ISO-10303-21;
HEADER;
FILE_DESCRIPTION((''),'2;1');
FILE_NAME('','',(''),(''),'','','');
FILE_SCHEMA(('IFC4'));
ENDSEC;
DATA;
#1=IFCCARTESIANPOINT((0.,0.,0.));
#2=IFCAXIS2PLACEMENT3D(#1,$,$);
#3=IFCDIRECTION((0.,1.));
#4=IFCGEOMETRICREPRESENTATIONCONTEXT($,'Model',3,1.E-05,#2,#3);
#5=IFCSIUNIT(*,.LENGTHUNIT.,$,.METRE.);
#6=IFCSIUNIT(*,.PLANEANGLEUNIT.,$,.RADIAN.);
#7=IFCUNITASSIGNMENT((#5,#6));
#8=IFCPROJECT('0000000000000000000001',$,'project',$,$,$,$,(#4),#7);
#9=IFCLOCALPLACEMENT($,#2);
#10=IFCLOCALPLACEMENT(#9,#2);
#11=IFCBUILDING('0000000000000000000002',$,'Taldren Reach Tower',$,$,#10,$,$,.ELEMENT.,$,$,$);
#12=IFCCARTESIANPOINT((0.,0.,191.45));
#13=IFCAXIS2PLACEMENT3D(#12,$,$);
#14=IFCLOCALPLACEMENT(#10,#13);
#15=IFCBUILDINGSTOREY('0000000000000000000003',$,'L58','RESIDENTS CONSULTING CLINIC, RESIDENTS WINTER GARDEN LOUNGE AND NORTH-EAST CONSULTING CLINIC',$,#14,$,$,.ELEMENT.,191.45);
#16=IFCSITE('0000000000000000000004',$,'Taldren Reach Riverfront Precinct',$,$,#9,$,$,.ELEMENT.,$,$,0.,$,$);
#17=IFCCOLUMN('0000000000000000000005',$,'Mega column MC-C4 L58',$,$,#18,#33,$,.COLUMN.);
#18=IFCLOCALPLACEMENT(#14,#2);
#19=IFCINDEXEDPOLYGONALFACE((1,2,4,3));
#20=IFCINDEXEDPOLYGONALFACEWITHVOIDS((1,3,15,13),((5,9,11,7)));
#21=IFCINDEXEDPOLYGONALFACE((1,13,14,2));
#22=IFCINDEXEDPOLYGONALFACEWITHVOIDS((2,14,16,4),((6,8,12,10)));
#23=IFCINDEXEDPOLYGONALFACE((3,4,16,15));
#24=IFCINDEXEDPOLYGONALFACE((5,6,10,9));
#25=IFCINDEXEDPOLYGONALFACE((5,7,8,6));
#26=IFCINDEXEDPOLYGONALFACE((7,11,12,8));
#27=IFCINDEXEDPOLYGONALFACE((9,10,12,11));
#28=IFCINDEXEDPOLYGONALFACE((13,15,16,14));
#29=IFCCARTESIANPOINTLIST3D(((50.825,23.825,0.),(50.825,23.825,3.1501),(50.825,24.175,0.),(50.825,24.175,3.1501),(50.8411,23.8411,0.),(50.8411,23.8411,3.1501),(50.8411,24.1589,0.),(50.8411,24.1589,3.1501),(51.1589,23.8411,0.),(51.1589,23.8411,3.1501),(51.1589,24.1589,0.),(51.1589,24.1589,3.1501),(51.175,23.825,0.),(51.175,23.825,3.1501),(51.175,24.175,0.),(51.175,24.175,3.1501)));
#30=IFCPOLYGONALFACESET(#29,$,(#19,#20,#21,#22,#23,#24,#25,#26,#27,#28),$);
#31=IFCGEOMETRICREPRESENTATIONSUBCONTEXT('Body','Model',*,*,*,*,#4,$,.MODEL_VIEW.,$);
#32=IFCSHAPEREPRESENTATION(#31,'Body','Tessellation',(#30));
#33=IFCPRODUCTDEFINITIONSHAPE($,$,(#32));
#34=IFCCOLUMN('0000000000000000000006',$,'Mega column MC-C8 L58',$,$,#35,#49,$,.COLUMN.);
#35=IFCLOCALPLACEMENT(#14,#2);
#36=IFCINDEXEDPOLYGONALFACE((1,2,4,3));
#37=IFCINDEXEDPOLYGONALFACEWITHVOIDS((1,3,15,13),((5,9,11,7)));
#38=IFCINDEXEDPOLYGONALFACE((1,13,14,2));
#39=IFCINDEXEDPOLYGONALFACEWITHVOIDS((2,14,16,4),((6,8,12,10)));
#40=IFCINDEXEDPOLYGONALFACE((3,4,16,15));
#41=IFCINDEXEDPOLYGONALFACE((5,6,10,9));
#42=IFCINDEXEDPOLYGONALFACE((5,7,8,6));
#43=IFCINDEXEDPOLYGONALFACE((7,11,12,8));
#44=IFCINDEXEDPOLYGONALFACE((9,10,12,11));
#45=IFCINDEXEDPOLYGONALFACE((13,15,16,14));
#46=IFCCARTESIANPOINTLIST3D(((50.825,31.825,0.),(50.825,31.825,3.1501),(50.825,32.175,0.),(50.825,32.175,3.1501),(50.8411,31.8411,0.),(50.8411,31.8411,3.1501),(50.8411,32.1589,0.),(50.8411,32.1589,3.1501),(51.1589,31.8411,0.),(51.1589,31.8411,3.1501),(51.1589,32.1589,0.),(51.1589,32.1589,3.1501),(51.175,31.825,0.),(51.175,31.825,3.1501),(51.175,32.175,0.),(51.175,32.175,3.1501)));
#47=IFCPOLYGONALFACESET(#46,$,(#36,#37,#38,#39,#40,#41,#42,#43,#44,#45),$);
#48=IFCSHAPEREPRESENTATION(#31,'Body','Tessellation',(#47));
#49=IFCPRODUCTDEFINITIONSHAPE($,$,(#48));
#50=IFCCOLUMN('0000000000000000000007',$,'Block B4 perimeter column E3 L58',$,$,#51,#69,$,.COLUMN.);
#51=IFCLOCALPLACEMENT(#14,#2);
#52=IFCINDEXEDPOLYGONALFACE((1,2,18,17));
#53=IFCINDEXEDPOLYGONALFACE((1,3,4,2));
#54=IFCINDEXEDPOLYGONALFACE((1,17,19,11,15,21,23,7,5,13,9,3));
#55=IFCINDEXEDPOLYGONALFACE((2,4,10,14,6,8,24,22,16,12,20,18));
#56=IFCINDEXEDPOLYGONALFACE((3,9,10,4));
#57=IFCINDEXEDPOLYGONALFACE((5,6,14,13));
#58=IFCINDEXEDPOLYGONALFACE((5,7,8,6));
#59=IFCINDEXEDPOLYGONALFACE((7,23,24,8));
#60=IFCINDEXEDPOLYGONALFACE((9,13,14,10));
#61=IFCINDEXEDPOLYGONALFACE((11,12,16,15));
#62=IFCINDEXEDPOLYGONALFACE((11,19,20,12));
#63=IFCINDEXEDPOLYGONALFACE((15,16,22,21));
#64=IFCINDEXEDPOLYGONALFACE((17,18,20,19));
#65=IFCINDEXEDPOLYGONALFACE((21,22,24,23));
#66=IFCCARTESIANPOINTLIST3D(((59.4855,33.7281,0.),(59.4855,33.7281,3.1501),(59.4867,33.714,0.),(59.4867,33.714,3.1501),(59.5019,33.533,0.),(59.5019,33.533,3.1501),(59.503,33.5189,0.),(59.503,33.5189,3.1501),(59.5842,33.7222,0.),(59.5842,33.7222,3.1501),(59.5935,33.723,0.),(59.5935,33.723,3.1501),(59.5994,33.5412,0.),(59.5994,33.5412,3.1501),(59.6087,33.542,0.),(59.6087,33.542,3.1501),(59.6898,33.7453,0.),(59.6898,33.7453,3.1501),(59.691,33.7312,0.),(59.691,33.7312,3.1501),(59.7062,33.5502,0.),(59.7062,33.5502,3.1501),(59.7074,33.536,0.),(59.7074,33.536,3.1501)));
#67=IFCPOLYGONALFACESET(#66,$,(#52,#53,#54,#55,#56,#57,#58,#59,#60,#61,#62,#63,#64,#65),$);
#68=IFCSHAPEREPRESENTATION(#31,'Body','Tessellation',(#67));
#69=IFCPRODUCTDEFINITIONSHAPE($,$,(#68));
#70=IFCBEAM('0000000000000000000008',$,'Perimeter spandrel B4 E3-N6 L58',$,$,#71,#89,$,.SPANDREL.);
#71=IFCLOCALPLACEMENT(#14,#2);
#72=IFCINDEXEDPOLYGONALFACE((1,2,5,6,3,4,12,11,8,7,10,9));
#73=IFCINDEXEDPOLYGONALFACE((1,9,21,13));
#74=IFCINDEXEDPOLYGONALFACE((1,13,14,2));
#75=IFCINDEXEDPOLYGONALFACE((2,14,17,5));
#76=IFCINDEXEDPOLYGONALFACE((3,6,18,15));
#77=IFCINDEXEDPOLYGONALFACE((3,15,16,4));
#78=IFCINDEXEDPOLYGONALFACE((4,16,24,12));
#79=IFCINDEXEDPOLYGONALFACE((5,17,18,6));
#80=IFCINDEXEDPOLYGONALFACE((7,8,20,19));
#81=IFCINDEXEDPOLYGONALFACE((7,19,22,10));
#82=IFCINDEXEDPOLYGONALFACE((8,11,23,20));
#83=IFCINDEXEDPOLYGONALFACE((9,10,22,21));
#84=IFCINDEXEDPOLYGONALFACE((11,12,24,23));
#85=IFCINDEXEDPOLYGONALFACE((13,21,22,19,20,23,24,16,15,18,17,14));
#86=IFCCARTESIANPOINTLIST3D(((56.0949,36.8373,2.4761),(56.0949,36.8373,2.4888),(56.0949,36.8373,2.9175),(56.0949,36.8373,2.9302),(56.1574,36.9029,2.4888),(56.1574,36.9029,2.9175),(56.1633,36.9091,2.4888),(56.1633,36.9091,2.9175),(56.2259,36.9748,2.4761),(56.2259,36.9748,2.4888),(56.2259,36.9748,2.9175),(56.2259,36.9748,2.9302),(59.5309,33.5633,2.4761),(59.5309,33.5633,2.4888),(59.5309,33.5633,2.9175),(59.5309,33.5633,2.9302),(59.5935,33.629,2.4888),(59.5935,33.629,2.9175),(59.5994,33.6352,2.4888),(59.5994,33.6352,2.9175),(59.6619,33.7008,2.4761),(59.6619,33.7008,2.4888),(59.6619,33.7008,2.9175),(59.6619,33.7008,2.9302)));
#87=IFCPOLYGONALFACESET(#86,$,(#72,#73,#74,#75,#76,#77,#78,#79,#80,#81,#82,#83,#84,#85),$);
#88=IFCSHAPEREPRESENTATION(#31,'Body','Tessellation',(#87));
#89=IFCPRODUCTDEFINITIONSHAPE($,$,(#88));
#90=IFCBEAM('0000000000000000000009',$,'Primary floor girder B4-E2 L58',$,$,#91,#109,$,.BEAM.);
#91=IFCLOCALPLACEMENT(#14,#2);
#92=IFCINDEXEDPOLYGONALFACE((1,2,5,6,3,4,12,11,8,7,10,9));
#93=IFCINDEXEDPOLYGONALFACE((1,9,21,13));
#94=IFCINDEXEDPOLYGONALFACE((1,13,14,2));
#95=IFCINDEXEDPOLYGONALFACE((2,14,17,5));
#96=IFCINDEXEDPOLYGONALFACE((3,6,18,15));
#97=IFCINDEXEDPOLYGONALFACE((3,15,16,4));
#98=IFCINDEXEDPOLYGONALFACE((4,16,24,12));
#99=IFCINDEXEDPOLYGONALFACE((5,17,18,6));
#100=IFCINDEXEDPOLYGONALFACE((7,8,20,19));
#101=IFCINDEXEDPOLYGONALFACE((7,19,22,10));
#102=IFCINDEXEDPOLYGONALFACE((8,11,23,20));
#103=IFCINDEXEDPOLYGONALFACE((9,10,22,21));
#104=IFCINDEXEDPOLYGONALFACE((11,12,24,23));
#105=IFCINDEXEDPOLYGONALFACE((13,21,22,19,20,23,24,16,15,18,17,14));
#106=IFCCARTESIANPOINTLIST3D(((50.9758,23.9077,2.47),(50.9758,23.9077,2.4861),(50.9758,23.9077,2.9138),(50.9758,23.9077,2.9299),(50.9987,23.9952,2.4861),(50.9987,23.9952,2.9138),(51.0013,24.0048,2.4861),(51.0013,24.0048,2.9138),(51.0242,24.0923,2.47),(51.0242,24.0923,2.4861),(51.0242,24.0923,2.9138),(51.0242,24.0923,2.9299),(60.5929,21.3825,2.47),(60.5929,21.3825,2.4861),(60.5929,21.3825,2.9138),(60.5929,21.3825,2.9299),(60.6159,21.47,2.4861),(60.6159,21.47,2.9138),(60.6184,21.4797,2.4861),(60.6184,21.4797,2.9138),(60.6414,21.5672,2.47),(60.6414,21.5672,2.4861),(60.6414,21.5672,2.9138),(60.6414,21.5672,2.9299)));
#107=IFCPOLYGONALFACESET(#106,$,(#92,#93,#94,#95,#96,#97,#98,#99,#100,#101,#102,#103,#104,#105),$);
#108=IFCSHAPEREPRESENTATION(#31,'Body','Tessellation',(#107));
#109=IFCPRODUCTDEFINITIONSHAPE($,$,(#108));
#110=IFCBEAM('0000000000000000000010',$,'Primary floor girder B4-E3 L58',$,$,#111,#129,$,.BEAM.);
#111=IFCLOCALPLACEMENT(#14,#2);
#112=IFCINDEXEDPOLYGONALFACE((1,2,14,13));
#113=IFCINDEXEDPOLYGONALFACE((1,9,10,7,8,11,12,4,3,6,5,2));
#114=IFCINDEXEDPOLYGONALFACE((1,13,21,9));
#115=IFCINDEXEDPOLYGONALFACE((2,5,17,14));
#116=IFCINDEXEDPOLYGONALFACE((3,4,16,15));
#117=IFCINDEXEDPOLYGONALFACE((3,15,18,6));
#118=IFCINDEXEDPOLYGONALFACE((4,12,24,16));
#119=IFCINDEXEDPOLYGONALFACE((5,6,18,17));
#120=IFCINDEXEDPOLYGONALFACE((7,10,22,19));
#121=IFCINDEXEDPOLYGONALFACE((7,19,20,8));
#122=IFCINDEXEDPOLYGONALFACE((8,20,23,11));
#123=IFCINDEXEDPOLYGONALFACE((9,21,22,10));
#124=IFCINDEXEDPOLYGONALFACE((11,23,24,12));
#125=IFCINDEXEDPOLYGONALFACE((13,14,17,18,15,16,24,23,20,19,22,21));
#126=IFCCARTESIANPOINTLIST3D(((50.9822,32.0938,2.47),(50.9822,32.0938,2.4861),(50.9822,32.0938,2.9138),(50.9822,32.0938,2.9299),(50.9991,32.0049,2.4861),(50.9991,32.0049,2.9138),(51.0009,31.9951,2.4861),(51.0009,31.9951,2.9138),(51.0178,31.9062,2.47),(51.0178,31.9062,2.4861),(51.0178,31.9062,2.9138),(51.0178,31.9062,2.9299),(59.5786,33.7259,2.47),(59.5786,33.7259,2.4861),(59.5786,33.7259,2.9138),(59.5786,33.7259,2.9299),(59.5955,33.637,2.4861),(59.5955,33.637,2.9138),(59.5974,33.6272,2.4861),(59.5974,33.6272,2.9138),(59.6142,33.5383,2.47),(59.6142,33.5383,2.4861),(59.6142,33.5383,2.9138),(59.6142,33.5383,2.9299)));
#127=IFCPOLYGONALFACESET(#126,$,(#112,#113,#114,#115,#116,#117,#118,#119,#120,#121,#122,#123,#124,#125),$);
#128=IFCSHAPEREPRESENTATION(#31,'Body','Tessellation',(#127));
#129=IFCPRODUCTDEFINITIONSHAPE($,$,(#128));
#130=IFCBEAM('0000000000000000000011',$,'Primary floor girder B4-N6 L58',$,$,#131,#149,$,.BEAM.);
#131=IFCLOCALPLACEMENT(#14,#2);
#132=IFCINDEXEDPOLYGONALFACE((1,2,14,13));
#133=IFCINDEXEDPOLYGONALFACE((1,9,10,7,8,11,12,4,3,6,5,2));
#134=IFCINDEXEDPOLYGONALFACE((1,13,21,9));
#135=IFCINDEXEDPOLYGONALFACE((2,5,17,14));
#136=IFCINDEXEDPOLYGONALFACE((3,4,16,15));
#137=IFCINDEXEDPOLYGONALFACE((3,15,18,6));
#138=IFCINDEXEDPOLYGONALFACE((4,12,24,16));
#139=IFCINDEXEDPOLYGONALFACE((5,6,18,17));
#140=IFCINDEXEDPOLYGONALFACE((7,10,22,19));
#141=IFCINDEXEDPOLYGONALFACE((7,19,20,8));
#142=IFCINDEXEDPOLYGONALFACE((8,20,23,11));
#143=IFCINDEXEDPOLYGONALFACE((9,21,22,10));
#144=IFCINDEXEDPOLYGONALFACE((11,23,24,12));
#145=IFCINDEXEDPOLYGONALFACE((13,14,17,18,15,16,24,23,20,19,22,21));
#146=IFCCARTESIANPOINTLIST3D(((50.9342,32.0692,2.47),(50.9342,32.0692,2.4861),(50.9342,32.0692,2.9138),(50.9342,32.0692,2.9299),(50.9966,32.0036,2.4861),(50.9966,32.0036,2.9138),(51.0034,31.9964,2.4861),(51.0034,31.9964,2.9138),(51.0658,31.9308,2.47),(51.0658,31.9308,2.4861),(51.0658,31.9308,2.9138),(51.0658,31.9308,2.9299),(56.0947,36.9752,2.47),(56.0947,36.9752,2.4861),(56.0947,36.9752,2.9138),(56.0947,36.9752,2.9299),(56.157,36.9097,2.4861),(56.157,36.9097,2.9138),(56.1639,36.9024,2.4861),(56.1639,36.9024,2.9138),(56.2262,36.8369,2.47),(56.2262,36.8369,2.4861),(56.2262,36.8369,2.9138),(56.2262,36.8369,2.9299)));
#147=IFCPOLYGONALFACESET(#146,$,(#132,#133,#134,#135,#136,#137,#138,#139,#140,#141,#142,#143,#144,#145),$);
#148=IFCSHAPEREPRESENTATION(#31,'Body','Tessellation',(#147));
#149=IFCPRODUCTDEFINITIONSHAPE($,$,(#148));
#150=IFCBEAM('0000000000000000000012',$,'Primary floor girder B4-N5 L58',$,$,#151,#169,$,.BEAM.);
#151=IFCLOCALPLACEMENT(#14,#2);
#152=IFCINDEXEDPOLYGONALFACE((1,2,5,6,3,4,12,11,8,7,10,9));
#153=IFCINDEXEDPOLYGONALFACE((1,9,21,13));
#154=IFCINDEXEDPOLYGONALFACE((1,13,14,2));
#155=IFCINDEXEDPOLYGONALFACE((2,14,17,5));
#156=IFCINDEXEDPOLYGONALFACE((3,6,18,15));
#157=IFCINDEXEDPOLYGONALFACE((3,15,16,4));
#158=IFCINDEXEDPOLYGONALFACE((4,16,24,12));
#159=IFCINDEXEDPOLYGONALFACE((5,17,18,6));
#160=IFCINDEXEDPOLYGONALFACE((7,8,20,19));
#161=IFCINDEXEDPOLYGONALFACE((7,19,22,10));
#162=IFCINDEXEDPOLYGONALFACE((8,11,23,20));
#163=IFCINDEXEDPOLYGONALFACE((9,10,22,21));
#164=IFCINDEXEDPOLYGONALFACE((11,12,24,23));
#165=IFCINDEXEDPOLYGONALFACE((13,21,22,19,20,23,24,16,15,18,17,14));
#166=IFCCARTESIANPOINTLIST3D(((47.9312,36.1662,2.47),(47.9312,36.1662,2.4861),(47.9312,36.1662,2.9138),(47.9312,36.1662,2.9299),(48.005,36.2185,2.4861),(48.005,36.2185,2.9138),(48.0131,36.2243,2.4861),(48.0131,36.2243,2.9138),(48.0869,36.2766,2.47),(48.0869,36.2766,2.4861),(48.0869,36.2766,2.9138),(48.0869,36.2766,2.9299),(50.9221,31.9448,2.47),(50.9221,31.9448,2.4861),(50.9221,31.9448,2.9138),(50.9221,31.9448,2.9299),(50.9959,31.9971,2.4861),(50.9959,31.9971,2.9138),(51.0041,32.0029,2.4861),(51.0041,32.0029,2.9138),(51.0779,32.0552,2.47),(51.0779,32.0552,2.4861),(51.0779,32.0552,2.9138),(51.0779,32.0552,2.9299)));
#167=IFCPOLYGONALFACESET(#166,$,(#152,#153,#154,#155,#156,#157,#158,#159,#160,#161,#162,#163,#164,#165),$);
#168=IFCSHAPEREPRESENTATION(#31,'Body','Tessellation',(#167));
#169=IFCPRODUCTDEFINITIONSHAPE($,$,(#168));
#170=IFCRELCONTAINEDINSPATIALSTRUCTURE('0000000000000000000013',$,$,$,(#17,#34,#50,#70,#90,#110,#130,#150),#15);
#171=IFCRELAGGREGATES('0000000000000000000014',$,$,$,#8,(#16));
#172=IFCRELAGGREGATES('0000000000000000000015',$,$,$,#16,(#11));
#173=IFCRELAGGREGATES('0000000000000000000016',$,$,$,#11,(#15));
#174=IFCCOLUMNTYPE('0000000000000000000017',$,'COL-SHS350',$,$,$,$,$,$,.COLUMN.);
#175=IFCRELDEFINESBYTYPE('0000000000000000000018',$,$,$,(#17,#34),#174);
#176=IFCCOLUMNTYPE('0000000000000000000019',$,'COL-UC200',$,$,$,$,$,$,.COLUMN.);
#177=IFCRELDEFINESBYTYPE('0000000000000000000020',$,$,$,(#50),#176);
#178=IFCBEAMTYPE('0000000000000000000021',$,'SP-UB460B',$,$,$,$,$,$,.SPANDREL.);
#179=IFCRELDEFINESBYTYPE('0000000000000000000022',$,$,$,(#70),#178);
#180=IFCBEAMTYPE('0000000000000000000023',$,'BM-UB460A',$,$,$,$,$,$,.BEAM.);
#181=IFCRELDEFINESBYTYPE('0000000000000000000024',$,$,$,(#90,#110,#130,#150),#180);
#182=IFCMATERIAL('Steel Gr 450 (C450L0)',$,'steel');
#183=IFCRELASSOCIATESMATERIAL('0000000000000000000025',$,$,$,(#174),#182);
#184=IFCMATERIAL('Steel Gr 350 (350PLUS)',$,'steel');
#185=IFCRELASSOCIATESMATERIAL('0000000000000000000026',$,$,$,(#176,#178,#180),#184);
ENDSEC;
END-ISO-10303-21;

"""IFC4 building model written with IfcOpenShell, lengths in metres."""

from ifc_helpers import new_model, si_unit, direction, frame, origin, origin_2d, place, context, subcontext, project, spatial, hollow_rectangle, i_section, extrude, source, transform, mapped, material, material_profile, profile_set, type_object, element, save


model = new_model("IFC4")

# Units and contexts
model_context = context("Model", 3, precision=1e-05, world=origin(), true_north=direction((0.0, 1.0)))
body_context = subcontext(model_context, "Body", "Model", "MODEL_VIEW")
ifc_project = project(units=[si_unit("LENGTHUNIT", "METRE"), si_unit("PLANEANGLEUNIT", "RADIAN")], contexts=[model_context])

# Site, building, storey
site_placement = place(None, origin())
site = spatial("IfcSite", under=ifc_project, at=site_placement, Name="Taldren Reach Riverfront Precinct", CompositionType="ELEMENT", RefElevation=0.0)
building_placement = place(site_placement, origin())
building = spatial("IfcBuilding", under=site, at=building_placement, Name="Taldren Reach Tower", CompositionType="ELEMENT")
storey_placement = place(building_placement, frame((0.0, 0.0, 191.45)))
storey = spatial("IfcBuildingStorey", under=building, at=storey_placement, Name="L58", Description="RESIDENTS CONSULTING CLINIC, RESIDENTS WINTER GARDEN LOUNGE AND NORTH-EAST CONSULTING CLINIC", CompositionType="ELEMENT", Elevation=191.45)

# Columns
ifc_material_1 = material(Name="Steel Gr 450 (C450L0)", Category="steel")
ifc_material_profile_1 = material_profile(ifc_material_1, hollow_rectangle(XDim=0.3501, YDim=0.3501, WallThickness=0.0161, at=origin_2d()), Name="350x350x16.0SHS")
ifc_profile_set_1 = profile_set([ifc_material_profile_1], Name="Steel Gr 450 (C450L0)")
column_type_1 = type_object("IfcColumnType", Name="COL-SHS350", PredefinedType="COLUMN", material=ifc_profile_set_1)
shared_shape_1 = source(origin(), body_context, "Body", "SweptSolid", [
    extrude(hollow_rectangle(XDim=0.3501, YDim=0.3501, WallThickness=0.0161, at=origin_2d()), origin(), (0.0, 0.0, 1.0), 3.1501),
])
for number, where, z_axis, x_axis, name in (
    (1, (51.0, 24.0, 0.0), (0.0, 0.0, 1.0), (1.0, 0.0, 0.0), "Mega column MC-C4 L58"),
    (2, (51.0, 32.0, 0.0), (0.0, 0.0, 1.0), (1.0, 0.0, 0.0), "Mega column MC-C8 L58"),
):
    element("IfcColumn", number, at=place(storey_placement, frame(where, z_axis=z_axis, x_axis=x_axis)), inside=storey, type_object=column_type_1, Name=name, PredefinedType="COLUMN", context=body_context, shape_type="MappedRepresentation", body=[
        mapped(shared_shape_1, transform((0.0, 0.0, 0.0), scale=1.0)),
    ])
ifc_material_2 = material(Name="Steel Gr 350 (350PLUS)", Category="steel")
ifc_material_profile_2 = material_profile(ifc_material_2, i_section(OverallWidth=0.2051, OverallDepth=0.21, WebThickness=0.0093, FlangeThickness=0.0142, at=origin_2d()), Name="200UC59.5")
ifc_profile_set_2 = profile_set([ifc_material_profile_2], Name="Steel Gr 350 (350PLUS)")
column_type_2 = type_object("IfcColumnType", Name="COL-UC200", PredefinedType="COLUMN", material=ifc_profile_set_2)
shared_shape_2 = source(origin(), body_context, "Body", "SweptSolid", [
    extrude(i_section(OverallWidth=0.2051, OverallDepth=0.21, WebThickness=0.0093, FlangeThickness=0.0142, at=origin_2d()), origin(), (0.0, 0.0, 1.0), 3.1501),
])
column_placement = place(storey_placement, frame((59.5964, 33.6321, 0.0), z_axis=(0.0, 0.0, 1.0), x_axis=(0.996493, 0.083678, 0.0)))
element("IfcColumn", 3, at=column_placement, inside=storey, type_object=column_type_2, Name="Block B4 perimeter column E3 L58", PredefinedType="COLUMN", context=body_context, shape_type="MappedRepresentation", body=[
    mapped(shared_shape_2, transform((0.0, 0.0, 0.0), scale=1.0)),
])

# Beams
ifc_material_profile_3 = material_profile(ifc_material_2, i_section(OverallWidth=0.1899, OverallDepth=0.4541, WebThickness=0.0085, FlangeThickness=0.0127, at=origin_2d()), Name="460UB67.1")
ifc_profile_set_3 = profile_set([ifc_material_profile_3], Name="Steel Gr 350 (350PLUS)")
beam_type_1 = type_object("IfcBeamType", Name="SP-UB460B", PredefinedType="SPANDREL", material=ifc_profile_set_3)
shared_shape_3 = source(origin(), body_context, "Body", "SweptSolid", [
    extrude(i_section(OverallWidth=0.1899, OverallDepth=0.4541, WebThickness=0.0085, FlangeThickness=0.0127, at=origin_2d()), origin(), (0.0, 0.0, 1.0), 4.7461),
])
beam_1_placement = place(storey_placement, frame((59.5964, 33.6321, 2.7031), z_axis=(-0.723979, 0.689822, 0.0), x_axis=(-0.689822, -0.723979, 0.0)))
element("IfcBeam", 4, at=beam_1_placement, inside=storey, type_object=beam_type_1, Name="Perimeter spandrel B4 E3-N6 L58", PredefinedType="SPANDREL", context=body_context, shape_type="MappedRepresentation", body=[
    mapped(shared_shape_3, transform((0.0, 0.0, 0.0), scale=1.0)),
])
ifc_material_profile_4 = material_profile(ifc_material_2, i_section(OverallWidth=0.1909, OverallDepth=0.46, WebThickness=0.01, FlangeThickness=0.0161, at=origin_2d()), Name="460UB82.1")
ifc_profile_set_4 = profile_set([ifc_material_profile_4], Name="Steel Gr 350 (350PLUS)")
beam_type_2 = type_object("IfcBeamType", Name="BM-UB460A", PredefinedType="BEAM", material=ifc_profile_set_4)
shared_shape_4 = source(origin(), body_context, "Body", "SweptSolid", [
    extrude(i_section(OverallWidth=0.1909, OverallDepth=0.46, WebThickness=0.01, FlangeThickness=0.0161, at=origin_2d()), origin(), (0.0, 0.0, 1.0), 9.9431),
])
beam_2_placement = place(storey_placement, frame((51.0, 24.0, 2.7), z_axis=(0.967215, -0.253958, 0.0), x_axis=(0.253958, 0.967215, 0.0)))
element("IfcBeam", 5, at=beam_2_placement, inside=storey, type_object=beam_type_2, Name="Primary floor girder B4-E2 L58", PredefinedType="BEAM", context=body_context, shape_type="MappedRepresentation", body=[
    mapped(shared_shape_4, transform((0.0, 0.0, 0.0), scale=1.0)),
])
shared_shape_5 = source(origin(), body_context, "Body", "SweptSolid", [
    extrude(i_section(OverallWidth=0.1909, OverallDepth=0.46, WebThickness=0.01, FlangeThickness=0.0161, at=origin_2d()), origin(), (0.0, 0.0, 1.0), 8.75),
])
beam_3_placement = place(storey_placement, frame((51.0, 32.0, 2.7), z_axis=(0.98245, 0.186524, 0.0), x_axis=(-0.186524, 0.98245, 0.0)))
element("IfcBeam", 6, at=beam_3_placement, inside=storey, type_object=beam_type_2, Name="Primary floor girder B4-E3 L58", PredefinedType="BEAM", context=body_context, shape_type="MappedRepresentation", body=[
    mapped(shared_shape_5, transform((0.0, 0.0, 0.0), scale=1.0)),
])
shared_shape_6 = source(origin(), body_context, "Body", "SweptSolid", [
    extrude(i_section(OverallWidth=0.1909, OverallDepth=0.46, WebThickness=0.01, FlangeThickness=0.0161, at=origin_2d()), origin(), (0.0, 0.0, 1.0), 7.1204),
])
beam_4_placement = place(storey_placement, frame((51.0, 32.0, 2.7), z_axis=(0.724745, 0.689017, 0.0), x_axis=(-0.689017, 0.724745, 0.0)))
element("IfcBeam", 7, at=beam_4_placement, inside=storey, type_object=beam_type_2, Name="Primary floor girder B4-N6 L58", PredefinedType="BEAM", context=body_context, shape_type="MappedRepresentation", body=[
    mapped(shared_shape_6, transform((0.0, 0.0, 0.0), scale=1.0)),
])
shared_shape_7 = source(origin(), body_context, "Body", "SweptSolid", [
    extrude(i_section(OverallWidth=0.1909, OverallDepth=0.46, WebThickness=0.01, FlangeThickness=0.0161, at=origin_2d()), origin(), (0.0, 0.0, 1.0), 5.1736),
])
beam_5_placement = place(storey_placement, frame((51.0, 32.0, 2.7), z_axis=(-0.578118, 0.815953, 0.0), x_axis=(-0.815953, -0.578118, 0.0)))
element("IfcBeam", 8, at=beam_5_placement, inside=storey, type_object=beam_type_2, Name="Primary floor girder B4-N5 L58", PredefinedType="BEAM", context=body_context, shape_type="MappedRepresentation", body=[
    mapped(shared_shape_7, transform((0.0, 0.0, 0.0), scale=1.0)),
])

save(model, "model.ifc")
